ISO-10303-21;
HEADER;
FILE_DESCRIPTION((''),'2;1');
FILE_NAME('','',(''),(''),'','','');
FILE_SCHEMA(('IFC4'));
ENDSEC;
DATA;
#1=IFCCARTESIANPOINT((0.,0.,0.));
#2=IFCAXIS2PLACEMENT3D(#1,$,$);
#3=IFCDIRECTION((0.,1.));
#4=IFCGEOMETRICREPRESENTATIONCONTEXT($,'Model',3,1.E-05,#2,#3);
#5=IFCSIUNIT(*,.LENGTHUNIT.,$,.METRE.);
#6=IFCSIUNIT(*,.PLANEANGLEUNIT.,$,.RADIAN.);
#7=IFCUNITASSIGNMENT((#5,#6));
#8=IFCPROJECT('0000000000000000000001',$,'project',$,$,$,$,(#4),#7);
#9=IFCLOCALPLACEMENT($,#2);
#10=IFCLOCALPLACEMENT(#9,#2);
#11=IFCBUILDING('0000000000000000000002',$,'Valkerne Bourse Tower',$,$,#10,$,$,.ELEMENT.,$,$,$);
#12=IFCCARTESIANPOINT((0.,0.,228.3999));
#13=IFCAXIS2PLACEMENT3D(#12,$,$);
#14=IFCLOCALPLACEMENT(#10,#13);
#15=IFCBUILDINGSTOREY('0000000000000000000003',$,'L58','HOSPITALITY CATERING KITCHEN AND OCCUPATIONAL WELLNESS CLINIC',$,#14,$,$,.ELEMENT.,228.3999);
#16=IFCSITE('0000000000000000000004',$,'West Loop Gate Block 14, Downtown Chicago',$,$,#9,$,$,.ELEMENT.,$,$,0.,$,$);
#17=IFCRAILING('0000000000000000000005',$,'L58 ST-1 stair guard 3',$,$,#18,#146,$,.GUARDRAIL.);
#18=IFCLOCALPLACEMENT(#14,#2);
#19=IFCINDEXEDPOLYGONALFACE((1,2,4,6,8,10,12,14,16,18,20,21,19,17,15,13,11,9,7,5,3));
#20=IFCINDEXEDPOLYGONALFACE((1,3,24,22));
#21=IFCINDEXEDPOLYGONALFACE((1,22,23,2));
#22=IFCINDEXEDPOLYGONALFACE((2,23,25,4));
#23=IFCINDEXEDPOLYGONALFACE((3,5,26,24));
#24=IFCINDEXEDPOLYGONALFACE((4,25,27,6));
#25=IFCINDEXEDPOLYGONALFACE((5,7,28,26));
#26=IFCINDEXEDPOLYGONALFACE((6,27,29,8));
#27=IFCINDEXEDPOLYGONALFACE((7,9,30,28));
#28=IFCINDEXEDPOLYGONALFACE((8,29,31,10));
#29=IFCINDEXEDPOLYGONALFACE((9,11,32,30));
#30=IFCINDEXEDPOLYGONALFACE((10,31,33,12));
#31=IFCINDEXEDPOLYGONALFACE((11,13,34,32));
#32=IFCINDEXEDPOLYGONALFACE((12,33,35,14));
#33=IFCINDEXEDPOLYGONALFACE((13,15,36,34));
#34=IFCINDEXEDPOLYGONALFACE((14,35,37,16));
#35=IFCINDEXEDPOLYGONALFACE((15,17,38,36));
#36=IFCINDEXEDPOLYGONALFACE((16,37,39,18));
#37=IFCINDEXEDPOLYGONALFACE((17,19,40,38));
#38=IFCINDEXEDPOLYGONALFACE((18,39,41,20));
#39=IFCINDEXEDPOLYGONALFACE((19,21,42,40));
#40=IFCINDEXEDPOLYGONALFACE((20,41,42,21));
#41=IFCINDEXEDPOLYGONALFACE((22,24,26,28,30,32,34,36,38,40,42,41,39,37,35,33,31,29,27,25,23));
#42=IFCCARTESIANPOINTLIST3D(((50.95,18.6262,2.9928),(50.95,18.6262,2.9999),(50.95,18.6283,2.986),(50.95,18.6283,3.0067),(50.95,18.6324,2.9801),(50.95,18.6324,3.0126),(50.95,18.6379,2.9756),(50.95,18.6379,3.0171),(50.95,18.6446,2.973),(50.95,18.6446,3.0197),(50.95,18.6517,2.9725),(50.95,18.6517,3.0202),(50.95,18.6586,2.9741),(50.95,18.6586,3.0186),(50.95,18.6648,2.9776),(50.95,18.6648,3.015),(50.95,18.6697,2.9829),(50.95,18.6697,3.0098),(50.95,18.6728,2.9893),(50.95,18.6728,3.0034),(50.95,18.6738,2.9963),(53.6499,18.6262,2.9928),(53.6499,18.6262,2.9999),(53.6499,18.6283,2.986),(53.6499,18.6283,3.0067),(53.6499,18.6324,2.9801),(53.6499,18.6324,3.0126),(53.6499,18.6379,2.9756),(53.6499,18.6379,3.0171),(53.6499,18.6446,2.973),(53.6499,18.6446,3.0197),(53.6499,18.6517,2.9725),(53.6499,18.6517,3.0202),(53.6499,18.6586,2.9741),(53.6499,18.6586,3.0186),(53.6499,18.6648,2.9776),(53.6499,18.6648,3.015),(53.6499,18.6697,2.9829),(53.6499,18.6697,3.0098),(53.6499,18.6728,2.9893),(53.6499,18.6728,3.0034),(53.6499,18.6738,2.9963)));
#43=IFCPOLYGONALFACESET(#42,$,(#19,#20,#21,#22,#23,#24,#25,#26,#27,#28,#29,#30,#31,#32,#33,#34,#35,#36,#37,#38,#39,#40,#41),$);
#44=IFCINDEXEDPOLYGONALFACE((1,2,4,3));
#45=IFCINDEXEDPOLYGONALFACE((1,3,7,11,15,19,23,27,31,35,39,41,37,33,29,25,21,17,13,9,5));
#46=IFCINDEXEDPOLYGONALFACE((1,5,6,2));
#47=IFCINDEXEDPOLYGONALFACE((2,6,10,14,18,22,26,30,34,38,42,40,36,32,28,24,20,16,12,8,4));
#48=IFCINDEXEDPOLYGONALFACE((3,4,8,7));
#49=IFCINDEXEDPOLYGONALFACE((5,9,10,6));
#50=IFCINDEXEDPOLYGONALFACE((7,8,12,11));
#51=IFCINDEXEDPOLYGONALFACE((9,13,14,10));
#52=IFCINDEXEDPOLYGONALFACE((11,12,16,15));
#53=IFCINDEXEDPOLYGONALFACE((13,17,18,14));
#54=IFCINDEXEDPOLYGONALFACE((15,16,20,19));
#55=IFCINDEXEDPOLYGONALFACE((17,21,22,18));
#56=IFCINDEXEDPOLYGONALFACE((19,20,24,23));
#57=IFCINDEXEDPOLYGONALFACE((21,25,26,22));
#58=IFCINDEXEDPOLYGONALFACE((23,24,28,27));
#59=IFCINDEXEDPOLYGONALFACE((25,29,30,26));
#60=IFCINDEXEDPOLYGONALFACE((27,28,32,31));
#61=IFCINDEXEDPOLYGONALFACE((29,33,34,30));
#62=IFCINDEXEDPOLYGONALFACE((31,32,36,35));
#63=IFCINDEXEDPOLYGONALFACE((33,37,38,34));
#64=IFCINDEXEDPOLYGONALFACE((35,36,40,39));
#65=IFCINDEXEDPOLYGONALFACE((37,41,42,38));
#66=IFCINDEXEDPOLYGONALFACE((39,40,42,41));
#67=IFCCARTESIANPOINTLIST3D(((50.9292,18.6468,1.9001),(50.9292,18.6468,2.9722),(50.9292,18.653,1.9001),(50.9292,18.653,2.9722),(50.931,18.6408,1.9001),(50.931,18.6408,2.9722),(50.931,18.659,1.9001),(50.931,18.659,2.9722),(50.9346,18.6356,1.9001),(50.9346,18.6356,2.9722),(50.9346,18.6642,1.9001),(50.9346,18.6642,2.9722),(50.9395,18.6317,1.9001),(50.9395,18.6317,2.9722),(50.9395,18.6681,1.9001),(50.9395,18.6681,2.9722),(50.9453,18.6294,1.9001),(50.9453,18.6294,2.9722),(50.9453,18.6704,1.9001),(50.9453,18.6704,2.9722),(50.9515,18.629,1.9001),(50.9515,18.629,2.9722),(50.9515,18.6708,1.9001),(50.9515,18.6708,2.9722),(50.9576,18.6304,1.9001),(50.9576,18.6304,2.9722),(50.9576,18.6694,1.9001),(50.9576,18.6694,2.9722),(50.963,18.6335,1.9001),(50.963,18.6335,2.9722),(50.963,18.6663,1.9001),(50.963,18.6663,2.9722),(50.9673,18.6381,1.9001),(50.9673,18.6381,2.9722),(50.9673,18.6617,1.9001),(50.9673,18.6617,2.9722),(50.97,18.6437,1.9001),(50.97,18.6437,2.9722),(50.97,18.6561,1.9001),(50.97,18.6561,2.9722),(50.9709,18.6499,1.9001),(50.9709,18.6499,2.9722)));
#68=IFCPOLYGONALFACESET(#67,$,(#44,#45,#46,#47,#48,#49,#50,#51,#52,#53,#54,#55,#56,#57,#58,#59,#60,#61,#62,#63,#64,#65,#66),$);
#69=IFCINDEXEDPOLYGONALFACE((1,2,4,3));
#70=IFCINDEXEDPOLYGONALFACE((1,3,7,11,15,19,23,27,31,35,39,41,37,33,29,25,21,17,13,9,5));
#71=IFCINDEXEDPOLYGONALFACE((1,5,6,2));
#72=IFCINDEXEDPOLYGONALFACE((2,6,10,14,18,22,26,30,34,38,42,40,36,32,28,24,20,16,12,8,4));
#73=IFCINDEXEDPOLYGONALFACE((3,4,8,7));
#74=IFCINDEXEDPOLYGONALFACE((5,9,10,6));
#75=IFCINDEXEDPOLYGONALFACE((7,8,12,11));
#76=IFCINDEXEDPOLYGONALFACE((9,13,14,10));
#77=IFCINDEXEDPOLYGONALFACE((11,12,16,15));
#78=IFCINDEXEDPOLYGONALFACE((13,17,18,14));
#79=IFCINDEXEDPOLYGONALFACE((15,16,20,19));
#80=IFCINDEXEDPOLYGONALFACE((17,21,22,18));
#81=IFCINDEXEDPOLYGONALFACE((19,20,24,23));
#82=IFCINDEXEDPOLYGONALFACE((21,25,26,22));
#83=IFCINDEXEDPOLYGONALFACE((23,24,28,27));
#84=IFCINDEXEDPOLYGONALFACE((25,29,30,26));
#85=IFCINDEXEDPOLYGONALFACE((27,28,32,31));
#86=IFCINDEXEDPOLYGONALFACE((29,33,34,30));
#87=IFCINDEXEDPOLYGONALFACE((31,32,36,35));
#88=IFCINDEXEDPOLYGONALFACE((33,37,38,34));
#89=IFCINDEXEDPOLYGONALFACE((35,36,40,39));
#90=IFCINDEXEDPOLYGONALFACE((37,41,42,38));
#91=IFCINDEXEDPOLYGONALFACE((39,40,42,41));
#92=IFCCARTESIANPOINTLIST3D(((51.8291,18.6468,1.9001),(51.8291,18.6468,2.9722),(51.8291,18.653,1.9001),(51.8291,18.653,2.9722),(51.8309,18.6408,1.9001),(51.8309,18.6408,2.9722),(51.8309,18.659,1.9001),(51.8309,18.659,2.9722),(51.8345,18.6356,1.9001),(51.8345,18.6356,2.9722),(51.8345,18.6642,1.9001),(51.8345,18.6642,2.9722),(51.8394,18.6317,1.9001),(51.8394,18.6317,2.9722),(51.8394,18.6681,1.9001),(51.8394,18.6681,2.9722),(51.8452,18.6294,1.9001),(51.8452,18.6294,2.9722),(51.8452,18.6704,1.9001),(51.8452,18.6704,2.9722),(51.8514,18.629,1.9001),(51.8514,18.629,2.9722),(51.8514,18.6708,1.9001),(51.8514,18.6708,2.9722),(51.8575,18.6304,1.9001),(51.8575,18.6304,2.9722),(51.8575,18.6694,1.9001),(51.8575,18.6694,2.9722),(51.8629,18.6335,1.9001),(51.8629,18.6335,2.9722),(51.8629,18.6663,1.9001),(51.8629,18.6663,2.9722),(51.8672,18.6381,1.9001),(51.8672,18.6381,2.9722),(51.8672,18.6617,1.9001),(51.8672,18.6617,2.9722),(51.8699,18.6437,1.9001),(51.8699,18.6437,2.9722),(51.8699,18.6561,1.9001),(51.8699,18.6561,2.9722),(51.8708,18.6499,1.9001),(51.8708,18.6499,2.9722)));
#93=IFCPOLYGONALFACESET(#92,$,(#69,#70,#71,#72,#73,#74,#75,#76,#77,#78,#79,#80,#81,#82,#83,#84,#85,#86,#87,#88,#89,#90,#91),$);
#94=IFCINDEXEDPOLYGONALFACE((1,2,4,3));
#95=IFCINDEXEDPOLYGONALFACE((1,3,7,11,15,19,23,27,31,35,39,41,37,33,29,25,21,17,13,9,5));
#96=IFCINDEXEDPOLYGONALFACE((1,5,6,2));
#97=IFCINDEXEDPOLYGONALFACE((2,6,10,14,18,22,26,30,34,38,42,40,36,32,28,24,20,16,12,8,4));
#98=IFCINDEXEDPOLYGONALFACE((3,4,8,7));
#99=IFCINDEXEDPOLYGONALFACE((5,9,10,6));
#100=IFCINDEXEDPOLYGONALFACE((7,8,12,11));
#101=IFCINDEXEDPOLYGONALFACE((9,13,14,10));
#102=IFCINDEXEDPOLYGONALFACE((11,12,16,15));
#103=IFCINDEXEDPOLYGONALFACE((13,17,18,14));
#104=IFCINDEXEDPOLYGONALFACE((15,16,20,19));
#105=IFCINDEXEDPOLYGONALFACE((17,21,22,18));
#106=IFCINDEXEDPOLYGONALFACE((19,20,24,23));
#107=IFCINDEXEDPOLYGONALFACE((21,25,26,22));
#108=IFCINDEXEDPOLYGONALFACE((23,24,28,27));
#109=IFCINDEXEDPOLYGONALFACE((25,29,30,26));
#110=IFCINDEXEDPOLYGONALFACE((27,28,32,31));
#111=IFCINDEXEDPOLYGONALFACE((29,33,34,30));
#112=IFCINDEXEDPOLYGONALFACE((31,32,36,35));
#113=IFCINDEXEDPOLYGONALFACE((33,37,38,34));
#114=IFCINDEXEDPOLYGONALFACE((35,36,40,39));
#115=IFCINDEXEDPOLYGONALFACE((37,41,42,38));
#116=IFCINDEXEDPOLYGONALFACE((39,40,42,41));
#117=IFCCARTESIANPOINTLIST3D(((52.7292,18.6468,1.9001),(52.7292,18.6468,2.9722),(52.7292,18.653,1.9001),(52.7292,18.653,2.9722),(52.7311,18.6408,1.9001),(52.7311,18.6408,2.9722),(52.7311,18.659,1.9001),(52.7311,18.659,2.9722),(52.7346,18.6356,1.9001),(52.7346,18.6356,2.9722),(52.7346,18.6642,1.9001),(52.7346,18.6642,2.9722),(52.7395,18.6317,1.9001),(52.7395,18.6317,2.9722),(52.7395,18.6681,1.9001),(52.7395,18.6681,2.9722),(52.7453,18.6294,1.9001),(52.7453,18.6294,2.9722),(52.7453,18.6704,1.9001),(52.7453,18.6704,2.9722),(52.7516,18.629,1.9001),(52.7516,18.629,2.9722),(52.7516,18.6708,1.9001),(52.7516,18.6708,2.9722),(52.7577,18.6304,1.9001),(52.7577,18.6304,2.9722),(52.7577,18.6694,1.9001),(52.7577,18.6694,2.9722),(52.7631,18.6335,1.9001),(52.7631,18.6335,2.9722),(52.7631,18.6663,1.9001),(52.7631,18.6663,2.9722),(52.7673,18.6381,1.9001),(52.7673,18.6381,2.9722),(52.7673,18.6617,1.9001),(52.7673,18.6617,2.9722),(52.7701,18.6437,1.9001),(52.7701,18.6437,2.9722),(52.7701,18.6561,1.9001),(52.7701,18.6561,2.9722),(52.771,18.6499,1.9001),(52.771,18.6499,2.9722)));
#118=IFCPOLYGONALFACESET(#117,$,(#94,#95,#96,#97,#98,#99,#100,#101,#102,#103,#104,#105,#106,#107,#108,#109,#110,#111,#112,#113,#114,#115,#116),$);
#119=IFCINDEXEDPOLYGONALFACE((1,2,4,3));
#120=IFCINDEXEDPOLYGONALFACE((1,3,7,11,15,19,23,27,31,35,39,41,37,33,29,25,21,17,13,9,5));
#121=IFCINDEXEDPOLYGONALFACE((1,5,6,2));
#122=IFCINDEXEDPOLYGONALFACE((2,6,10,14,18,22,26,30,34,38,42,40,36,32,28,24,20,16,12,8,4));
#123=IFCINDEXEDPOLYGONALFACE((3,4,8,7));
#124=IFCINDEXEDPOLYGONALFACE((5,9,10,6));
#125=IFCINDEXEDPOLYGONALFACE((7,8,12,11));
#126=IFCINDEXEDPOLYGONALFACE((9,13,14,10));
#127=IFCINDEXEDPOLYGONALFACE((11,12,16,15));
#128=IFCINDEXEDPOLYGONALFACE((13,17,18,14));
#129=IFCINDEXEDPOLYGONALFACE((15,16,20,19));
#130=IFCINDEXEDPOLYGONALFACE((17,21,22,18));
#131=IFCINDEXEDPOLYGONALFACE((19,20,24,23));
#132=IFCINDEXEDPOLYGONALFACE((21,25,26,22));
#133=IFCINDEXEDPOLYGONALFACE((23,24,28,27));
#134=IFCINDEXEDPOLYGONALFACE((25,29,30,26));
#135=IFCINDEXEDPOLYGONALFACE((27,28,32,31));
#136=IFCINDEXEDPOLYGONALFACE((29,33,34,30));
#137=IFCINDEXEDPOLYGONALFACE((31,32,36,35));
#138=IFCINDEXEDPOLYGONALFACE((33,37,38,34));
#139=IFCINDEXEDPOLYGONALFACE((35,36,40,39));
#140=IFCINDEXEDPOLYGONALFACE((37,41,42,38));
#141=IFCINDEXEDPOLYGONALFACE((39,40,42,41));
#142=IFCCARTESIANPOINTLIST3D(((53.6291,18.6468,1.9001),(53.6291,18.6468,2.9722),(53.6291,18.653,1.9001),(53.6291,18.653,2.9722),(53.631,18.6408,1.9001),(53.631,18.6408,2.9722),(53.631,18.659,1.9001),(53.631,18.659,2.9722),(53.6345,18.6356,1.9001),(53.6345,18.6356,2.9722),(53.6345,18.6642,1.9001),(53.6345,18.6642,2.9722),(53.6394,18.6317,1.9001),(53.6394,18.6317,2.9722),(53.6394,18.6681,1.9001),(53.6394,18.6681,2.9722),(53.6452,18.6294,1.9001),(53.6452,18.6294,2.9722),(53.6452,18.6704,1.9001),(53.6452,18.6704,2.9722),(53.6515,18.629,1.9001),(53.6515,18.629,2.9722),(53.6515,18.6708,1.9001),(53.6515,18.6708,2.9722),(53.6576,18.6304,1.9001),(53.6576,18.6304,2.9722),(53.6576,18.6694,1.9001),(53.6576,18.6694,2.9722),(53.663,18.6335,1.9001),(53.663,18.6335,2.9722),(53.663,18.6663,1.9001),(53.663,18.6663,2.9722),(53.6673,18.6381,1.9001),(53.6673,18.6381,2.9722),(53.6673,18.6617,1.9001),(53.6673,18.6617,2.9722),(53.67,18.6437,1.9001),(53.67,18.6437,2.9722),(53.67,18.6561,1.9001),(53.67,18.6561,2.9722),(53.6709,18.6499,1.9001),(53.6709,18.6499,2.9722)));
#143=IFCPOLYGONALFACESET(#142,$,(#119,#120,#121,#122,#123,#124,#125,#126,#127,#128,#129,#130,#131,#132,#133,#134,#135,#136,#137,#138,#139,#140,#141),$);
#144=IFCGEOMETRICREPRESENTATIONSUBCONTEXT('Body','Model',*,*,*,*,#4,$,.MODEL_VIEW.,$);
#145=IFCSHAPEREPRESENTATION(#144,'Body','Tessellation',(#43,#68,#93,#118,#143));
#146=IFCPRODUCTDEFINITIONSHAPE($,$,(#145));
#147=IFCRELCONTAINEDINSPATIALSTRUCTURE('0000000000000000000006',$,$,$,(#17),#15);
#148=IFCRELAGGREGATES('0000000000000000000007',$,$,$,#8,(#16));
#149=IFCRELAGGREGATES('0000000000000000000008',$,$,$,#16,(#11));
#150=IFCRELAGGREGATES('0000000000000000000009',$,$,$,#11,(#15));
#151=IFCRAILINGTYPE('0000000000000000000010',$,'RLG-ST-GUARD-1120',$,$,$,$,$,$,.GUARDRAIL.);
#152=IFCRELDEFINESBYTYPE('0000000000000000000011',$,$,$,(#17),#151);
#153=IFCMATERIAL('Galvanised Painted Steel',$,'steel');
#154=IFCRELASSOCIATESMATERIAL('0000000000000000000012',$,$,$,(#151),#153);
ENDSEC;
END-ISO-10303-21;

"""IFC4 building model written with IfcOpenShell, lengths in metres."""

from ifc_helpers import new_model, si_unit, direction, frame, origin, origin_2d, place, context, subcontext, project, spatial, circle, extrude, material, type_object, element, save


model = new_model("IFC4")

# Units and contexts
model_context = context("Model", 3, precision=1e-05, world=origin(), true_north=direction((0.0, 1.0)))
body_context = subcontext(model_context, "Body", "Model", "MODEL_VIEW")
ifc_project = project(units=[si_unit("LENGTHUNIT", "METRE"), si_unit("PLANEANGLEUNIT", "RADIAN")], contexts=[model_context])

# Site, building, storey
site_placement = place(None, origin())
site = spatial("IfcSite", under=ifc_project, at=site_placement, Name="West Loop Gate Block 14, Downtown Chicago", CompositionType="ELEMENT", RefElevation=0.0)
building_placement = place(site_placement, origin())
building = spatial("IfcBuilding", under=site, at=building_placement, Name="Valkerne Bourse Tower", CompositionType="ELEMENT")
storey_placement = place(building_placement, frame((0.0, 0.0, 228.3999)))
storey = spatial("IfcBuildingStorey", under=building, at=storey_placement, Name="L58", Description="HOSPITALITY CATERING KITCHEN AND OCCUPATIONAL WELLNESS CLINIC", CompositionType="ELEMENT", Elevation=228.3999)

# Shared definitions
ifc_material_1 = material(Name="Galvanised Painted Steel", Category="steel")

# Railing
railing_type_1 = type_object("IfcRailingType", Name="RLG-ST-GUARD-1120", PredefinedType="GUARDRAIL", material=ifc_material_1)
for number, where, name in (
    (1, (50.95, 18.6499, 1.9001), "L58 ST-1 stair guard 3"),
):
    element("IfcRailing", number, at=place(storey_placement, frame(where)), inside=storey, type_object=railing_type_1, Name=name, PredefinedType="GUARDRAIL", context=body_context, shape_type="SweptSolid", body=[
        extrude(circle(Radius=0.0239, at=origin_2d()), frame((0.0, 0.0, 1.0962), z_axis=(1.0, 0.0, 0.0), x_axis=(0.0, 1.0, 0.0)), (0.0, 0.0, 1.0), 2.7),
        extrude(circle(Radius=0.021, at=origin_2d()), origin(), (0.0, 0.0, 1.0), 1.072),
        extrude(circle(Radius=0.021, at=origin_2d()), frame((0.8999, 0.0, 0.0)), (0.0, 0.0, 1.0), 1.072),
        extrude(circle(Radius=0.021, at=origin_2d()), frame((1.8, 0.0, 0.0)), (0.0, 0.0, 1.0), 1.072),
        extrude(circle(Radius=0.021, at=origin_2d()), frame((2.7, 0.0, 0.0)), (0.0, 0.0, 1.0), 1.072),
    ])

save(model, "model.ifc")
